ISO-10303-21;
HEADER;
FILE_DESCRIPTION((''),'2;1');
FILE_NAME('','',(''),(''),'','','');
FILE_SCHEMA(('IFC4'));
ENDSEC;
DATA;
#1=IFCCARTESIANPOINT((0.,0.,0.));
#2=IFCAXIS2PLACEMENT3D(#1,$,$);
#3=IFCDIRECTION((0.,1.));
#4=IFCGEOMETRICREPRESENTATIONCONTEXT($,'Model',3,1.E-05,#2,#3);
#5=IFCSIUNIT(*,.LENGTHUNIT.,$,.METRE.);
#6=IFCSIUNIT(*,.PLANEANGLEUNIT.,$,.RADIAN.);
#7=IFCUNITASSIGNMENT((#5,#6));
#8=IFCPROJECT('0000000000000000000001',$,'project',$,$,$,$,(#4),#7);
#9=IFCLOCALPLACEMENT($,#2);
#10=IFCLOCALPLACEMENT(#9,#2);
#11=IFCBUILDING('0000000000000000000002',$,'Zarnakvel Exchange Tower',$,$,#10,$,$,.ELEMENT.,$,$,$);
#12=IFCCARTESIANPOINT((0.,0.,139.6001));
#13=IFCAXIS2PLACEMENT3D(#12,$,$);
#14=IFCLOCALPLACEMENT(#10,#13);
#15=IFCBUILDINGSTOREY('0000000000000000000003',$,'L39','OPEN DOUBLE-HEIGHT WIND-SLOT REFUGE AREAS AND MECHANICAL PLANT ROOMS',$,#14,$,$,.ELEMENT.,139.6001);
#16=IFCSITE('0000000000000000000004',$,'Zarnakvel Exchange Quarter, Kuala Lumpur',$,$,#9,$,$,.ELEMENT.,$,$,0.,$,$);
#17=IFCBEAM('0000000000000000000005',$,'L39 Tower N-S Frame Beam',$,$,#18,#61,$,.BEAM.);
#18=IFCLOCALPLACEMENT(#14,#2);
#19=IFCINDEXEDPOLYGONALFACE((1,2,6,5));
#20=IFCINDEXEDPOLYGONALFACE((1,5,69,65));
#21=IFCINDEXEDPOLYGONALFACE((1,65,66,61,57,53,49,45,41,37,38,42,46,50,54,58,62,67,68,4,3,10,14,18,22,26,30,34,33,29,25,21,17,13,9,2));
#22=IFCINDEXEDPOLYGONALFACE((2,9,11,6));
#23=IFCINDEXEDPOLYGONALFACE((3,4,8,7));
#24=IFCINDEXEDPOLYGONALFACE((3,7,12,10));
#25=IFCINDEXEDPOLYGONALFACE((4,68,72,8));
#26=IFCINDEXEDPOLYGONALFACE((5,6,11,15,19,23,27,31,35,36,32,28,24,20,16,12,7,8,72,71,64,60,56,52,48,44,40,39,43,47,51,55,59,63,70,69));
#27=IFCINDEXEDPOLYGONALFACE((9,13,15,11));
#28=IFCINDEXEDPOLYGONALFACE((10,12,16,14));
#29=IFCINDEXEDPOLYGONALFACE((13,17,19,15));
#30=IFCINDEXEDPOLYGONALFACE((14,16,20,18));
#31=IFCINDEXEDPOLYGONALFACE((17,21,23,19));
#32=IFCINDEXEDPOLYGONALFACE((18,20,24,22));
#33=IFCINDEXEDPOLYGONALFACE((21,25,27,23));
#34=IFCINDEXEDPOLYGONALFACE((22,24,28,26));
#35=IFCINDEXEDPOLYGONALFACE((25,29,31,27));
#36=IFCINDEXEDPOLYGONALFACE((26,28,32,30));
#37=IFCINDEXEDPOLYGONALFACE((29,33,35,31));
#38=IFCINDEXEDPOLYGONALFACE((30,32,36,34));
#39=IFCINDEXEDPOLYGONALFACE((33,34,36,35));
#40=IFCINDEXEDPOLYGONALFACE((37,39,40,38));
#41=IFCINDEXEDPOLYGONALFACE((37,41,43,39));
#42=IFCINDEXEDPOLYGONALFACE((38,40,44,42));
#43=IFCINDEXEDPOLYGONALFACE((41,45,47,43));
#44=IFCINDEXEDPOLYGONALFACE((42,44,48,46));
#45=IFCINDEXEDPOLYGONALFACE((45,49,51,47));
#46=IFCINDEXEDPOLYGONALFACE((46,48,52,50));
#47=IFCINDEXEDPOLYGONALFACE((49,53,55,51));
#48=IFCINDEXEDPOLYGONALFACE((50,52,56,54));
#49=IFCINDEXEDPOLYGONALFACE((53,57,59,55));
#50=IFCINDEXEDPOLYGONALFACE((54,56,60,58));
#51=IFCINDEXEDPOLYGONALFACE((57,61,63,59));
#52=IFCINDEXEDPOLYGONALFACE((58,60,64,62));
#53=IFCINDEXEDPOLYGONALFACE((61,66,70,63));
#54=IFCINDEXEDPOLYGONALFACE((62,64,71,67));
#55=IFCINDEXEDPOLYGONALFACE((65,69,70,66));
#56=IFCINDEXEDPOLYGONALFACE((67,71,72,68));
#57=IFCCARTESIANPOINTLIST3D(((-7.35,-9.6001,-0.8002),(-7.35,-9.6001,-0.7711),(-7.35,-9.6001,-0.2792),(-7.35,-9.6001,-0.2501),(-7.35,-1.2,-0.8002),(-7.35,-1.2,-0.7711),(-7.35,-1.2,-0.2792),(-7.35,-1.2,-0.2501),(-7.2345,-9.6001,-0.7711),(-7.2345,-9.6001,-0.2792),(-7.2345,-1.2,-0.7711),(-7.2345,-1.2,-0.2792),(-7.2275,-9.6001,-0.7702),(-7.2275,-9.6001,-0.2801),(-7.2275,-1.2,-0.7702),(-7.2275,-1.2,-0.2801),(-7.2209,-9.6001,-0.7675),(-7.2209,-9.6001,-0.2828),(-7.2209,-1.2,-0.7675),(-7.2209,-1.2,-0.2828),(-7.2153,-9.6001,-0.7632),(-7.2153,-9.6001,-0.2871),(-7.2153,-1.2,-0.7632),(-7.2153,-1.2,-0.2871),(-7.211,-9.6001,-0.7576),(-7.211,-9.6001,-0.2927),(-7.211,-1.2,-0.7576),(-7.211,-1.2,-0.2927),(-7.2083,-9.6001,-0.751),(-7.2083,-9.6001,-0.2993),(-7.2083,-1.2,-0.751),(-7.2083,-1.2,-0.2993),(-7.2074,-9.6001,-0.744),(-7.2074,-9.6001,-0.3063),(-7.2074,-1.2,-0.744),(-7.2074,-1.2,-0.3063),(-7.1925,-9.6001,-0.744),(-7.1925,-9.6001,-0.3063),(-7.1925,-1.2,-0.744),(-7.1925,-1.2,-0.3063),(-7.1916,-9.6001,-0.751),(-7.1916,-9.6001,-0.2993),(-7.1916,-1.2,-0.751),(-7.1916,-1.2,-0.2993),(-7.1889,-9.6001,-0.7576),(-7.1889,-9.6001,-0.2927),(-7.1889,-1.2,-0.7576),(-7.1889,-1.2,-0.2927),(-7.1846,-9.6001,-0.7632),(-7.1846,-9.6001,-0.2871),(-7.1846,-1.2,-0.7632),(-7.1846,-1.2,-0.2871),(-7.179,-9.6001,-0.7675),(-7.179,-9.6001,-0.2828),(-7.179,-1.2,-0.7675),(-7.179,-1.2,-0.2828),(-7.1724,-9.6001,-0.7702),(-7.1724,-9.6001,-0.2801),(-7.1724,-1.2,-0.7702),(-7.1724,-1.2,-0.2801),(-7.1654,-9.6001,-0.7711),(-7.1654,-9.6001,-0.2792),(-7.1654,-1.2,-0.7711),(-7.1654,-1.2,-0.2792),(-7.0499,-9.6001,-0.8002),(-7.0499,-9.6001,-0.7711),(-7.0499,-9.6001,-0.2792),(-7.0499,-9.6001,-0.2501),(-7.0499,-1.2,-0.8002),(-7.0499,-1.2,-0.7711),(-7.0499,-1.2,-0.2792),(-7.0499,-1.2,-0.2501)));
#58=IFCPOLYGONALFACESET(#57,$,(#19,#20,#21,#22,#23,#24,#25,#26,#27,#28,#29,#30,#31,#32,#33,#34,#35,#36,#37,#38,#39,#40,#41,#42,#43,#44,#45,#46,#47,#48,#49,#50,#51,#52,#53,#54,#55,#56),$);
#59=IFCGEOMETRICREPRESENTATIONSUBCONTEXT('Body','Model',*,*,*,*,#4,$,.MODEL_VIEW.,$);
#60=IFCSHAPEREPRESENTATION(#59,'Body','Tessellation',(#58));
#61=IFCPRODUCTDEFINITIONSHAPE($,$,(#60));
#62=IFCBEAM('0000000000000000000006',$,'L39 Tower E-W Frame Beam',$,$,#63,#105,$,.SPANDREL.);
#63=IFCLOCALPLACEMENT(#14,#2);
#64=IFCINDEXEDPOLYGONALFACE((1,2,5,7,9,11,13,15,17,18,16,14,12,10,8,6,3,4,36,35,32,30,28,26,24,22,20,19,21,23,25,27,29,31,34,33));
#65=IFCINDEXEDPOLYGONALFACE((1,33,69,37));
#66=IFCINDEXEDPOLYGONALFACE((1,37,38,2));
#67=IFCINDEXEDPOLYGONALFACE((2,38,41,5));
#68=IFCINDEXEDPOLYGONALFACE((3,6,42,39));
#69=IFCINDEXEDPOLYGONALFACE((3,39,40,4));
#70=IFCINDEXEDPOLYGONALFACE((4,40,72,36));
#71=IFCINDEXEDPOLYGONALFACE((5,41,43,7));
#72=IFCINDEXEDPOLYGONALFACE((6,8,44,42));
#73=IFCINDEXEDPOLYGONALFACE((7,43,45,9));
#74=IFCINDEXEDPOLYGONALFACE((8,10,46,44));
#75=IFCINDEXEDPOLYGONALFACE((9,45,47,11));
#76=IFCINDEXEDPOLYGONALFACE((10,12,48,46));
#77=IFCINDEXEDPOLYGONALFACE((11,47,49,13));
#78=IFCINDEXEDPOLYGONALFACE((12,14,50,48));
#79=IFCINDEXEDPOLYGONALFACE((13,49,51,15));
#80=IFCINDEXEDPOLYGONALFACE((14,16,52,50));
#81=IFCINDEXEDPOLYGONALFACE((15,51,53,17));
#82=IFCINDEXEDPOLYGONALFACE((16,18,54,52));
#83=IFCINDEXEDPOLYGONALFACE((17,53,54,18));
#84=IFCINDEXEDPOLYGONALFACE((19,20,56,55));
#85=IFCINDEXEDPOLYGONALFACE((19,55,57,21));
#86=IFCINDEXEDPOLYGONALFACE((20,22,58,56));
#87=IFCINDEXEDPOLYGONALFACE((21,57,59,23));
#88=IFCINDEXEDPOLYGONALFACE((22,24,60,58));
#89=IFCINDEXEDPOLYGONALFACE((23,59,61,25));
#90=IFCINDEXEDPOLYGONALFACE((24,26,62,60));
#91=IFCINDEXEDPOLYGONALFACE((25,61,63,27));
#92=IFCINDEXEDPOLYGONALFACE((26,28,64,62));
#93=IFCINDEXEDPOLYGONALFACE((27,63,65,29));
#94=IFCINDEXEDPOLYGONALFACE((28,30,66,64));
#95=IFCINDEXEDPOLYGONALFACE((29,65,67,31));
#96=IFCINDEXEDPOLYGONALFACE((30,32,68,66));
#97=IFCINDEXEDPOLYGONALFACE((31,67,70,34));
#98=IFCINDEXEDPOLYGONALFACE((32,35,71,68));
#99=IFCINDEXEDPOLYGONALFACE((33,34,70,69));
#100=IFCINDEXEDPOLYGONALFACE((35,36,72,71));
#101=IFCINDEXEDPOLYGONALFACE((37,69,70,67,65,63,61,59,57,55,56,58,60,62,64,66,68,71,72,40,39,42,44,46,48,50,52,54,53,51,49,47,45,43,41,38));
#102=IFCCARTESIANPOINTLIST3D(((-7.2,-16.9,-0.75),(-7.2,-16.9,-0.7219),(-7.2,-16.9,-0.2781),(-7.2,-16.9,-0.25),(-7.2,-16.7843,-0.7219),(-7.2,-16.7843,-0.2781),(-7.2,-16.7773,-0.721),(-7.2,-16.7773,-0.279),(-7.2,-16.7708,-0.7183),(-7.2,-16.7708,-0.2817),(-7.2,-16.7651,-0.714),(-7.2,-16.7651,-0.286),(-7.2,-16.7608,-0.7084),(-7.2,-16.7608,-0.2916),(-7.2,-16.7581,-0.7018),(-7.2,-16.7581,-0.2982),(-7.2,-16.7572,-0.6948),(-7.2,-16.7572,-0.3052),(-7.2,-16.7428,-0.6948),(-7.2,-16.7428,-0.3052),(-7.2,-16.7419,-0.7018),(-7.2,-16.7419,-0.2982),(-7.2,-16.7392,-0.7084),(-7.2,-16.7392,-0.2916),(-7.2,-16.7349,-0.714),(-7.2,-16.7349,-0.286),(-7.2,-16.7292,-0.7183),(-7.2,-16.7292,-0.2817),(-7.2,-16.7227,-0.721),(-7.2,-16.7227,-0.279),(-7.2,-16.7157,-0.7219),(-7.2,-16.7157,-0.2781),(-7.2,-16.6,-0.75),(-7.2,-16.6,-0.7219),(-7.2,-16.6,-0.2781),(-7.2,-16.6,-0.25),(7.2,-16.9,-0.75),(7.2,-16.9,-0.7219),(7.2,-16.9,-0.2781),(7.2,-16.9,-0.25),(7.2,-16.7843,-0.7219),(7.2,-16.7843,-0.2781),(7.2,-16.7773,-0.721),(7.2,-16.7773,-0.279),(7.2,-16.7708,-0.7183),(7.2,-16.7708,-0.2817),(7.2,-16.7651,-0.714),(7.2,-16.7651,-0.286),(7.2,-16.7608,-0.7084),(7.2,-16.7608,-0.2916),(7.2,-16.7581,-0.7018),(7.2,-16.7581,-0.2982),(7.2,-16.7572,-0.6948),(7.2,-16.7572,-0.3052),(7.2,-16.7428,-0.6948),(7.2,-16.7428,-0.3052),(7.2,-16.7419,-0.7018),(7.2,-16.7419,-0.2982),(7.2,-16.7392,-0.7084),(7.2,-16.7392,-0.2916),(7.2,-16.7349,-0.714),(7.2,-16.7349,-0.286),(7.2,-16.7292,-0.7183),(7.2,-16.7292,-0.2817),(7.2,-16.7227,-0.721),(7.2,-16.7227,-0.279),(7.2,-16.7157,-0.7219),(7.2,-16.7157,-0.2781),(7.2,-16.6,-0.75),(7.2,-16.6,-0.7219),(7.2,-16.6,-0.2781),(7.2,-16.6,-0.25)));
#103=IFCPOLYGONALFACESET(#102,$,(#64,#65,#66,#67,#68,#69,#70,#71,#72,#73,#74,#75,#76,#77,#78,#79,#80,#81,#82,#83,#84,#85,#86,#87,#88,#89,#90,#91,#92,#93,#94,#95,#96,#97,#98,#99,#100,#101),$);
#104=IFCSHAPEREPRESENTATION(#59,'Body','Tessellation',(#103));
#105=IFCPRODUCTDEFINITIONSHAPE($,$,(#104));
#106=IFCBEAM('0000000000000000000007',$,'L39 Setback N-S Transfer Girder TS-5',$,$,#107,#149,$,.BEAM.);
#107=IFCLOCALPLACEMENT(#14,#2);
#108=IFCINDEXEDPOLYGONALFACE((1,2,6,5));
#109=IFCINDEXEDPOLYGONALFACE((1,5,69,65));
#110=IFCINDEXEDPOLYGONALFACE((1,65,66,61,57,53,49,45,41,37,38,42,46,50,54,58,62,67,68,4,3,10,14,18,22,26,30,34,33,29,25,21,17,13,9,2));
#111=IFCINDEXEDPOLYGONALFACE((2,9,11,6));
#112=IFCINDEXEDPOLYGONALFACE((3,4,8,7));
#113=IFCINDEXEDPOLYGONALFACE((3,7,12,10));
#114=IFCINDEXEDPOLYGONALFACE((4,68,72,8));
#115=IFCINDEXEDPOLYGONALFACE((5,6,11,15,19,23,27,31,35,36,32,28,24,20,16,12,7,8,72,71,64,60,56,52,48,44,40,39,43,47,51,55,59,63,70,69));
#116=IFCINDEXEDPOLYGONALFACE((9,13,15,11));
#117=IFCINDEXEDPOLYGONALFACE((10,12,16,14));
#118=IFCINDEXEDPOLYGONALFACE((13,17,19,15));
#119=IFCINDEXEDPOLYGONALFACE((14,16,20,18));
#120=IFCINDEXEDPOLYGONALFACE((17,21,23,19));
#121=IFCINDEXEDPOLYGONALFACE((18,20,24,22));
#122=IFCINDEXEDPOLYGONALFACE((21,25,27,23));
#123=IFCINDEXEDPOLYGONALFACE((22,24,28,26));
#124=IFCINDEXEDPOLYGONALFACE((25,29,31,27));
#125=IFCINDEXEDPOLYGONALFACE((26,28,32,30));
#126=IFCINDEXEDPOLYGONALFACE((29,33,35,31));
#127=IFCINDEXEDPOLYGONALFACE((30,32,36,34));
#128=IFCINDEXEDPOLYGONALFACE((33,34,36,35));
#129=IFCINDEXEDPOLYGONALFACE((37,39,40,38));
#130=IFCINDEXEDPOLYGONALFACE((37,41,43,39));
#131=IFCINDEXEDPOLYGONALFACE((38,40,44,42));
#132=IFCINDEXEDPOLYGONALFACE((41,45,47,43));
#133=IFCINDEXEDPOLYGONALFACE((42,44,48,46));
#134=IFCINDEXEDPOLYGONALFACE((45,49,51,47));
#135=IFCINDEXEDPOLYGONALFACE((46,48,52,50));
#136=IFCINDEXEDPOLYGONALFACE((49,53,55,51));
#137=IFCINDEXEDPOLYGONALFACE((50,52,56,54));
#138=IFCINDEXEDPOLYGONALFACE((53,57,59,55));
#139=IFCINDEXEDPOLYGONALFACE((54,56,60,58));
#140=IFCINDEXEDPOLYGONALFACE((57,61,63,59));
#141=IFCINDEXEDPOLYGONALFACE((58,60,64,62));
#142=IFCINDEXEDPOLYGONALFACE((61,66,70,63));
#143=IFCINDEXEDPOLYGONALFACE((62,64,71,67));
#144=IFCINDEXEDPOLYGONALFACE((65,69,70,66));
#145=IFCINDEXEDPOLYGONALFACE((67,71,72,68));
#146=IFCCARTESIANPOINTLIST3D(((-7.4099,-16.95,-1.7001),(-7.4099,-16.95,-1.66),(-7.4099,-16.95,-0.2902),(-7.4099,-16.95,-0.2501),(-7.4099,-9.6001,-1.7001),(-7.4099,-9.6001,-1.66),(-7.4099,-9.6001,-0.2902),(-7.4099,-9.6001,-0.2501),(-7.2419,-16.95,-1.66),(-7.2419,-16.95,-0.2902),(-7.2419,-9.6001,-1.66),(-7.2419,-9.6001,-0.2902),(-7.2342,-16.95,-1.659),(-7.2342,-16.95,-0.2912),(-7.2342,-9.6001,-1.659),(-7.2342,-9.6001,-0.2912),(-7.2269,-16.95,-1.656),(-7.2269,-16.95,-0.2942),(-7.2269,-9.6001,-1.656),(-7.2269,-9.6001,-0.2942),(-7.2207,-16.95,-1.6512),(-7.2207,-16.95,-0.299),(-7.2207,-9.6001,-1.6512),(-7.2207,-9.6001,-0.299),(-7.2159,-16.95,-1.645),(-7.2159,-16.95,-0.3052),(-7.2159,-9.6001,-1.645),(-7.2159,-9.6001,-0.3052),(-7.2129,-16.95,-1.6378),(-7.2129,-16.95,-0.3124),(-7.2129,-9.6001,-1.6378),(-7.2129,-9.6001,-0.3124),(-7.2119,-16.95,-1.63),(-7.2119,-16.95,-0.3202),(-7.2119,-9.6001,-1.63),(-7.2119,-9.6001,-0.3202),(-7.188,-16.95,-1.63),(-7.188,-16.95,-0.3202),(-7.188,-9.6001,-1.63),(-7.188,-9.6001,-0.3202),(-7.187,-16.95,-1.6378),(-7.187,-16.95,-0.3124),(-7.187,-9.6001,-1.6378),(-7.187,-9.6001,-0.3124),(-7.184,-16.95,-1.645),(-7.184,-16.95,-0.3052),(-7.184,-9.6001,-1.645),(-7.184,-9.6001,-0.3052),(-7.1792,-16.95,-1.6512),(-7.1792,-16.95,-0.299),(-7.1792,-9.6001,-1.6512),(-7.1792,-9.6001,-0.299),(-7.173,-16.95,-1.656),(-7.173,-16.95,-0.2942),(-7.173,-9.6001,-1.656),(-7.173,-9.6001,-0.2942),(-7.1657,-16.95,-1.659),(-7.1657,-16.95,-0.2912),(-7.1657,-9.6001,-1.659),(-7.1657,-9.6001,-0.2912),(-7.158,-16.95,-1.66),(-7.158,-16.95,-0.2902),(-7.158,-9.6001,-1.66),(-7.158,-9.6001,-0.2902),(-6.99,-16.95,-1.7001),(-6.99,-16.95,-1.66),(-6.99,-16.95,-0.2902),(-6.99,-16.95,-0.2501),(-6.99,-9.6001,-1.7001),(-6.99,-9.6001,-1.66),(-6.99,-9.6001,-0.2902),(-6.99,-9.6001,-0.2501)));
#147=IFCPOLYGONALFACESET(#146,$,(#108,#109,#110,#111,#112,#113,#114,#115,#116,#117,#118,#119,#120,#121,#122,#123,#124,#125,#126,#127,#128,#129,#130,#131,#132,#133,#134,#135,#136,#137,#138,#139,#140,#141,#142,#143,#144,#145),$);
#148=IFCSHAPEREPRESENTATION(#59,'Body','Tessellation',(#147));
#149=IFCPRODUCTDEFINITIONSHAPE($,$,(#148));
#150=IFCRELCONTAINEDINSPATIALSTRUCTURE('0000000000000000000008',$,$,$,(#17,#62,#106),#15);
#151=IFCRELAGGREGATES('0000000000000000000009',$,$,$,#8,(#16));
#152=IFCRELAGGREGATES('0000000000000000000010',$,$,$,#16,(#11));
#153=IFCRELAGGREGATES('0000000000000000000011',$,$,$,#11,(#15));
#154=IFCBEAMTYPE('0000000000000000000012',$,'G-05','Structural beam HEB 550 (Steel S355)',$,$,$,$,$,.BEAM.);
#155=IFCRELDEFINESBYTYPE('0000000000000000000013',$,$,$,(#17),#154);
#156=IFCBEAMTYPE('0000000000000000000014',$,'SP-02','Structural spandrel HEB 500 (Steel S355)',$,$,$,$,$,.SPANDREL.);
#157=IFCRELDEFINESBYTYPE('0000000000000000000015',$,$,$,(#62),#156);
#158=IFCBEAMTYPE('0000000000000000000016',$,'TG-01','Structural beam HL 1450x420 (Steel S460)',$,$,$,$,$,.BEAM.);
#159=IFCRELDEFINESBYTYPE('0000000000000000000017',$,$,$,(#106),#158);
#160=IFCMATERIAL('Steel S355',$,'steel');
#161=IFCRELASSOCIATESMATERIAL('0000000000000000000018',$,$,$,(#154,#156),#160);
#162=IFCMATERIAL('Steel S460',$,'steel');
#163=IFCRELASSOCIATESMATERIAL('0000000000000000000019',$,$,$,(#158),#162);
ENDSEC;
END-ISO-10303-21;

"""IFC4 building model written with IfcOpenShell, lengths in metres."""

from ifc_helpers import new_model, si_unit, direction, frame, origin, origin_2d, place, context, subcontext, project, spatial, i_section, extrude, material, material_profile, profile_set, type_object, element, save


model = new_model("IFC4")

# Units and contexts
model_context = context("Model", 3, precision=1e-05, world=origin(), true_north=direction((0.0, 1.0)))
body_context = subcontext(model_context, "Body", "Model", "MODEL_VIEW")
ifc_project = project(units=[si_unit("LENGTHUNIT", "METRE"), si_unit("PLANEANGLEUNIT", "RADIAN")], contexts=[model_context])

# Site, building, storey
site_placement = place(None, origin())
site = spatial("IfcSite", under=ifc_project, at=site_placement, Name="Zarnakvel Exchange Quarter, Kuala Lumpur", CompositionType="ELEMENT", RefElevation=0.0)
building_placement = place(site_placement, origin())
building = spatial("IfcBuilding", under=site, at=building_placement, Name="Zarnakvel Exchange Tower", CompositionType="ELEMENT")
storey_placement = place(building_placement, frame((0.0, 0.0, 139.6001)))
storey = spatial("IfcBuildingStorey", under=building, at=storey_placement, Name="L39", Description="OPEN DOUBLE-HEIGHT WIND-SLOT REFUGE AREAS AND MECHANICAL PLANT ROOMS", CompositionType="ELEMENT", Elevation=139.6001)

# Beams
ifc_material_1 = material(Name="Steel S355", Category="steel")
ifc_material_profile_1 = material_profile(ifc_material_1, i_section(OverallWidth=0.3, OverallDepth=0.55, WebThickness=0.0149, FlangeThickness=0.0291, FilletRadius=0.0271, at=origin_2d()))
ifc_profile_set_1 = profile_set([ifc_material_profile_1], Name="Steel S355")
beam_type_1 = type_object("IfcBeamType", Name="G-05", Description="Structural beam HEB 550 (Steel S355)", PredefinedType="BEAM", material=ifc_profile_set_1)
for number, where, z_axis, x_axis, name in (
    (1, (-7.2, -9.6001, -0.5251), (0.0, 1.0, 0.0), (-1.0, 0.0, 0.0), "L39 Tower N-S Frame Beam"),
):
    element("IfcBeam", number, at=place(storey_placement, frame(where, z_axis=z_axis, x_axis=x_axis)), inside=storey, type_object=beam_type_1, Name=name, PredefinedType="BEAM", context=body_context, shape_type="SweptSolid", body=[
        extrude(i_section(OverallWidth=0.3, OverallDepth=0.55, WebThickness=0.0149, FlangeThickness=0.0291, FilletRadius=0.0271, at=origin_2d()), origin(), (0.0, 0.0, 1.0), 8.4001),
    ])
ifc_material_profile_2 = material_profile(ifc_material_1, i_section(OverallWidth=0.3, OverallDepth=0.5, WebThickness=0.0144, FlangeThickness=0.0281, FilletRadius=0.0271, at=origin_2d()))
ifc_profile_set_2 = profile_set([ifc_material_profile_2], Name="Steel S355")
beam_type_2 = type_object("IfcBeamType", Name="SP-02", Description="Structural spandrel HEB 500 (Steel S355)", PredefinedType="SPANDREL", material=ifc_profile_set_2)
beam_1_placement = place(storey_placement, frame((-7.2, -16.75, -0.5), z_axis=(1.0, 0.0, 0.0), x_axis=(0.0, 1.0, 0.0)))
element("IfcBeam", 2, at=beam_1_placement, inside=storey, type_object=beam_type_2, Name="L39 Tower E-W Frame Beam", PredefinedType="SPANDREL", context=body_context, shape_type="SweptSolid", body=[
    extrude(i_section(OverallWidth=0.3, OverallDepth=0.5, WebThickness=0.0144, FlangeThickness=0.0281, FilletRadius=0.0271, at=origin_2d()), origin(), (0.0, 0.0, 1.0), 14.3999),
])
ifc_material_2 = material(Name="Steel S460", Category="steel")
ifc_material_profile_3 = material_profile(ifc_material_2, i_section(OverallWidth=0.4199, OverallDepth=1.45, WebThickness=0.0239, FlangeThickness=0.04, FilletRadius=0.03, at=origin_2d()))
ifc_profile_set_3 = profile_set([ifc_material_profile_3], Name="Steel S460")
beam_type_3 = type_object("IfcBeamType", Name="TG-01", Description="Structural beam HL 1450x420 (Steel S460)", PredefinedType="BEAM", material=ifc_profile_set_3)
beam_2_placement = place(storey_placement, frame((-7.2, -16.95, -0.9751), z_axis=(0.0, 1.0, 0.0), x_axis=(-1.0, 0.0, 0.0)))
element("IfcBeam", 3, at=beam_2_placement, inside=storey, type_object=beam_type_3, Name="L39 Setback N-S Transfer Girder TS-5", PredefinedType="BEAM", context=body_context, shape_type="SweptSolid", body=[
    extrude(i_section(OverallWidth=0.4199, OverallDepth=1.45, WebThickness=0.0239, FlangeThickness=0.04, FilletRadius=0.03, at=origin_2d()), origin(), (0.0, 0.0, 1.0), 7.3499),
])

save(model, "model.ifc")
